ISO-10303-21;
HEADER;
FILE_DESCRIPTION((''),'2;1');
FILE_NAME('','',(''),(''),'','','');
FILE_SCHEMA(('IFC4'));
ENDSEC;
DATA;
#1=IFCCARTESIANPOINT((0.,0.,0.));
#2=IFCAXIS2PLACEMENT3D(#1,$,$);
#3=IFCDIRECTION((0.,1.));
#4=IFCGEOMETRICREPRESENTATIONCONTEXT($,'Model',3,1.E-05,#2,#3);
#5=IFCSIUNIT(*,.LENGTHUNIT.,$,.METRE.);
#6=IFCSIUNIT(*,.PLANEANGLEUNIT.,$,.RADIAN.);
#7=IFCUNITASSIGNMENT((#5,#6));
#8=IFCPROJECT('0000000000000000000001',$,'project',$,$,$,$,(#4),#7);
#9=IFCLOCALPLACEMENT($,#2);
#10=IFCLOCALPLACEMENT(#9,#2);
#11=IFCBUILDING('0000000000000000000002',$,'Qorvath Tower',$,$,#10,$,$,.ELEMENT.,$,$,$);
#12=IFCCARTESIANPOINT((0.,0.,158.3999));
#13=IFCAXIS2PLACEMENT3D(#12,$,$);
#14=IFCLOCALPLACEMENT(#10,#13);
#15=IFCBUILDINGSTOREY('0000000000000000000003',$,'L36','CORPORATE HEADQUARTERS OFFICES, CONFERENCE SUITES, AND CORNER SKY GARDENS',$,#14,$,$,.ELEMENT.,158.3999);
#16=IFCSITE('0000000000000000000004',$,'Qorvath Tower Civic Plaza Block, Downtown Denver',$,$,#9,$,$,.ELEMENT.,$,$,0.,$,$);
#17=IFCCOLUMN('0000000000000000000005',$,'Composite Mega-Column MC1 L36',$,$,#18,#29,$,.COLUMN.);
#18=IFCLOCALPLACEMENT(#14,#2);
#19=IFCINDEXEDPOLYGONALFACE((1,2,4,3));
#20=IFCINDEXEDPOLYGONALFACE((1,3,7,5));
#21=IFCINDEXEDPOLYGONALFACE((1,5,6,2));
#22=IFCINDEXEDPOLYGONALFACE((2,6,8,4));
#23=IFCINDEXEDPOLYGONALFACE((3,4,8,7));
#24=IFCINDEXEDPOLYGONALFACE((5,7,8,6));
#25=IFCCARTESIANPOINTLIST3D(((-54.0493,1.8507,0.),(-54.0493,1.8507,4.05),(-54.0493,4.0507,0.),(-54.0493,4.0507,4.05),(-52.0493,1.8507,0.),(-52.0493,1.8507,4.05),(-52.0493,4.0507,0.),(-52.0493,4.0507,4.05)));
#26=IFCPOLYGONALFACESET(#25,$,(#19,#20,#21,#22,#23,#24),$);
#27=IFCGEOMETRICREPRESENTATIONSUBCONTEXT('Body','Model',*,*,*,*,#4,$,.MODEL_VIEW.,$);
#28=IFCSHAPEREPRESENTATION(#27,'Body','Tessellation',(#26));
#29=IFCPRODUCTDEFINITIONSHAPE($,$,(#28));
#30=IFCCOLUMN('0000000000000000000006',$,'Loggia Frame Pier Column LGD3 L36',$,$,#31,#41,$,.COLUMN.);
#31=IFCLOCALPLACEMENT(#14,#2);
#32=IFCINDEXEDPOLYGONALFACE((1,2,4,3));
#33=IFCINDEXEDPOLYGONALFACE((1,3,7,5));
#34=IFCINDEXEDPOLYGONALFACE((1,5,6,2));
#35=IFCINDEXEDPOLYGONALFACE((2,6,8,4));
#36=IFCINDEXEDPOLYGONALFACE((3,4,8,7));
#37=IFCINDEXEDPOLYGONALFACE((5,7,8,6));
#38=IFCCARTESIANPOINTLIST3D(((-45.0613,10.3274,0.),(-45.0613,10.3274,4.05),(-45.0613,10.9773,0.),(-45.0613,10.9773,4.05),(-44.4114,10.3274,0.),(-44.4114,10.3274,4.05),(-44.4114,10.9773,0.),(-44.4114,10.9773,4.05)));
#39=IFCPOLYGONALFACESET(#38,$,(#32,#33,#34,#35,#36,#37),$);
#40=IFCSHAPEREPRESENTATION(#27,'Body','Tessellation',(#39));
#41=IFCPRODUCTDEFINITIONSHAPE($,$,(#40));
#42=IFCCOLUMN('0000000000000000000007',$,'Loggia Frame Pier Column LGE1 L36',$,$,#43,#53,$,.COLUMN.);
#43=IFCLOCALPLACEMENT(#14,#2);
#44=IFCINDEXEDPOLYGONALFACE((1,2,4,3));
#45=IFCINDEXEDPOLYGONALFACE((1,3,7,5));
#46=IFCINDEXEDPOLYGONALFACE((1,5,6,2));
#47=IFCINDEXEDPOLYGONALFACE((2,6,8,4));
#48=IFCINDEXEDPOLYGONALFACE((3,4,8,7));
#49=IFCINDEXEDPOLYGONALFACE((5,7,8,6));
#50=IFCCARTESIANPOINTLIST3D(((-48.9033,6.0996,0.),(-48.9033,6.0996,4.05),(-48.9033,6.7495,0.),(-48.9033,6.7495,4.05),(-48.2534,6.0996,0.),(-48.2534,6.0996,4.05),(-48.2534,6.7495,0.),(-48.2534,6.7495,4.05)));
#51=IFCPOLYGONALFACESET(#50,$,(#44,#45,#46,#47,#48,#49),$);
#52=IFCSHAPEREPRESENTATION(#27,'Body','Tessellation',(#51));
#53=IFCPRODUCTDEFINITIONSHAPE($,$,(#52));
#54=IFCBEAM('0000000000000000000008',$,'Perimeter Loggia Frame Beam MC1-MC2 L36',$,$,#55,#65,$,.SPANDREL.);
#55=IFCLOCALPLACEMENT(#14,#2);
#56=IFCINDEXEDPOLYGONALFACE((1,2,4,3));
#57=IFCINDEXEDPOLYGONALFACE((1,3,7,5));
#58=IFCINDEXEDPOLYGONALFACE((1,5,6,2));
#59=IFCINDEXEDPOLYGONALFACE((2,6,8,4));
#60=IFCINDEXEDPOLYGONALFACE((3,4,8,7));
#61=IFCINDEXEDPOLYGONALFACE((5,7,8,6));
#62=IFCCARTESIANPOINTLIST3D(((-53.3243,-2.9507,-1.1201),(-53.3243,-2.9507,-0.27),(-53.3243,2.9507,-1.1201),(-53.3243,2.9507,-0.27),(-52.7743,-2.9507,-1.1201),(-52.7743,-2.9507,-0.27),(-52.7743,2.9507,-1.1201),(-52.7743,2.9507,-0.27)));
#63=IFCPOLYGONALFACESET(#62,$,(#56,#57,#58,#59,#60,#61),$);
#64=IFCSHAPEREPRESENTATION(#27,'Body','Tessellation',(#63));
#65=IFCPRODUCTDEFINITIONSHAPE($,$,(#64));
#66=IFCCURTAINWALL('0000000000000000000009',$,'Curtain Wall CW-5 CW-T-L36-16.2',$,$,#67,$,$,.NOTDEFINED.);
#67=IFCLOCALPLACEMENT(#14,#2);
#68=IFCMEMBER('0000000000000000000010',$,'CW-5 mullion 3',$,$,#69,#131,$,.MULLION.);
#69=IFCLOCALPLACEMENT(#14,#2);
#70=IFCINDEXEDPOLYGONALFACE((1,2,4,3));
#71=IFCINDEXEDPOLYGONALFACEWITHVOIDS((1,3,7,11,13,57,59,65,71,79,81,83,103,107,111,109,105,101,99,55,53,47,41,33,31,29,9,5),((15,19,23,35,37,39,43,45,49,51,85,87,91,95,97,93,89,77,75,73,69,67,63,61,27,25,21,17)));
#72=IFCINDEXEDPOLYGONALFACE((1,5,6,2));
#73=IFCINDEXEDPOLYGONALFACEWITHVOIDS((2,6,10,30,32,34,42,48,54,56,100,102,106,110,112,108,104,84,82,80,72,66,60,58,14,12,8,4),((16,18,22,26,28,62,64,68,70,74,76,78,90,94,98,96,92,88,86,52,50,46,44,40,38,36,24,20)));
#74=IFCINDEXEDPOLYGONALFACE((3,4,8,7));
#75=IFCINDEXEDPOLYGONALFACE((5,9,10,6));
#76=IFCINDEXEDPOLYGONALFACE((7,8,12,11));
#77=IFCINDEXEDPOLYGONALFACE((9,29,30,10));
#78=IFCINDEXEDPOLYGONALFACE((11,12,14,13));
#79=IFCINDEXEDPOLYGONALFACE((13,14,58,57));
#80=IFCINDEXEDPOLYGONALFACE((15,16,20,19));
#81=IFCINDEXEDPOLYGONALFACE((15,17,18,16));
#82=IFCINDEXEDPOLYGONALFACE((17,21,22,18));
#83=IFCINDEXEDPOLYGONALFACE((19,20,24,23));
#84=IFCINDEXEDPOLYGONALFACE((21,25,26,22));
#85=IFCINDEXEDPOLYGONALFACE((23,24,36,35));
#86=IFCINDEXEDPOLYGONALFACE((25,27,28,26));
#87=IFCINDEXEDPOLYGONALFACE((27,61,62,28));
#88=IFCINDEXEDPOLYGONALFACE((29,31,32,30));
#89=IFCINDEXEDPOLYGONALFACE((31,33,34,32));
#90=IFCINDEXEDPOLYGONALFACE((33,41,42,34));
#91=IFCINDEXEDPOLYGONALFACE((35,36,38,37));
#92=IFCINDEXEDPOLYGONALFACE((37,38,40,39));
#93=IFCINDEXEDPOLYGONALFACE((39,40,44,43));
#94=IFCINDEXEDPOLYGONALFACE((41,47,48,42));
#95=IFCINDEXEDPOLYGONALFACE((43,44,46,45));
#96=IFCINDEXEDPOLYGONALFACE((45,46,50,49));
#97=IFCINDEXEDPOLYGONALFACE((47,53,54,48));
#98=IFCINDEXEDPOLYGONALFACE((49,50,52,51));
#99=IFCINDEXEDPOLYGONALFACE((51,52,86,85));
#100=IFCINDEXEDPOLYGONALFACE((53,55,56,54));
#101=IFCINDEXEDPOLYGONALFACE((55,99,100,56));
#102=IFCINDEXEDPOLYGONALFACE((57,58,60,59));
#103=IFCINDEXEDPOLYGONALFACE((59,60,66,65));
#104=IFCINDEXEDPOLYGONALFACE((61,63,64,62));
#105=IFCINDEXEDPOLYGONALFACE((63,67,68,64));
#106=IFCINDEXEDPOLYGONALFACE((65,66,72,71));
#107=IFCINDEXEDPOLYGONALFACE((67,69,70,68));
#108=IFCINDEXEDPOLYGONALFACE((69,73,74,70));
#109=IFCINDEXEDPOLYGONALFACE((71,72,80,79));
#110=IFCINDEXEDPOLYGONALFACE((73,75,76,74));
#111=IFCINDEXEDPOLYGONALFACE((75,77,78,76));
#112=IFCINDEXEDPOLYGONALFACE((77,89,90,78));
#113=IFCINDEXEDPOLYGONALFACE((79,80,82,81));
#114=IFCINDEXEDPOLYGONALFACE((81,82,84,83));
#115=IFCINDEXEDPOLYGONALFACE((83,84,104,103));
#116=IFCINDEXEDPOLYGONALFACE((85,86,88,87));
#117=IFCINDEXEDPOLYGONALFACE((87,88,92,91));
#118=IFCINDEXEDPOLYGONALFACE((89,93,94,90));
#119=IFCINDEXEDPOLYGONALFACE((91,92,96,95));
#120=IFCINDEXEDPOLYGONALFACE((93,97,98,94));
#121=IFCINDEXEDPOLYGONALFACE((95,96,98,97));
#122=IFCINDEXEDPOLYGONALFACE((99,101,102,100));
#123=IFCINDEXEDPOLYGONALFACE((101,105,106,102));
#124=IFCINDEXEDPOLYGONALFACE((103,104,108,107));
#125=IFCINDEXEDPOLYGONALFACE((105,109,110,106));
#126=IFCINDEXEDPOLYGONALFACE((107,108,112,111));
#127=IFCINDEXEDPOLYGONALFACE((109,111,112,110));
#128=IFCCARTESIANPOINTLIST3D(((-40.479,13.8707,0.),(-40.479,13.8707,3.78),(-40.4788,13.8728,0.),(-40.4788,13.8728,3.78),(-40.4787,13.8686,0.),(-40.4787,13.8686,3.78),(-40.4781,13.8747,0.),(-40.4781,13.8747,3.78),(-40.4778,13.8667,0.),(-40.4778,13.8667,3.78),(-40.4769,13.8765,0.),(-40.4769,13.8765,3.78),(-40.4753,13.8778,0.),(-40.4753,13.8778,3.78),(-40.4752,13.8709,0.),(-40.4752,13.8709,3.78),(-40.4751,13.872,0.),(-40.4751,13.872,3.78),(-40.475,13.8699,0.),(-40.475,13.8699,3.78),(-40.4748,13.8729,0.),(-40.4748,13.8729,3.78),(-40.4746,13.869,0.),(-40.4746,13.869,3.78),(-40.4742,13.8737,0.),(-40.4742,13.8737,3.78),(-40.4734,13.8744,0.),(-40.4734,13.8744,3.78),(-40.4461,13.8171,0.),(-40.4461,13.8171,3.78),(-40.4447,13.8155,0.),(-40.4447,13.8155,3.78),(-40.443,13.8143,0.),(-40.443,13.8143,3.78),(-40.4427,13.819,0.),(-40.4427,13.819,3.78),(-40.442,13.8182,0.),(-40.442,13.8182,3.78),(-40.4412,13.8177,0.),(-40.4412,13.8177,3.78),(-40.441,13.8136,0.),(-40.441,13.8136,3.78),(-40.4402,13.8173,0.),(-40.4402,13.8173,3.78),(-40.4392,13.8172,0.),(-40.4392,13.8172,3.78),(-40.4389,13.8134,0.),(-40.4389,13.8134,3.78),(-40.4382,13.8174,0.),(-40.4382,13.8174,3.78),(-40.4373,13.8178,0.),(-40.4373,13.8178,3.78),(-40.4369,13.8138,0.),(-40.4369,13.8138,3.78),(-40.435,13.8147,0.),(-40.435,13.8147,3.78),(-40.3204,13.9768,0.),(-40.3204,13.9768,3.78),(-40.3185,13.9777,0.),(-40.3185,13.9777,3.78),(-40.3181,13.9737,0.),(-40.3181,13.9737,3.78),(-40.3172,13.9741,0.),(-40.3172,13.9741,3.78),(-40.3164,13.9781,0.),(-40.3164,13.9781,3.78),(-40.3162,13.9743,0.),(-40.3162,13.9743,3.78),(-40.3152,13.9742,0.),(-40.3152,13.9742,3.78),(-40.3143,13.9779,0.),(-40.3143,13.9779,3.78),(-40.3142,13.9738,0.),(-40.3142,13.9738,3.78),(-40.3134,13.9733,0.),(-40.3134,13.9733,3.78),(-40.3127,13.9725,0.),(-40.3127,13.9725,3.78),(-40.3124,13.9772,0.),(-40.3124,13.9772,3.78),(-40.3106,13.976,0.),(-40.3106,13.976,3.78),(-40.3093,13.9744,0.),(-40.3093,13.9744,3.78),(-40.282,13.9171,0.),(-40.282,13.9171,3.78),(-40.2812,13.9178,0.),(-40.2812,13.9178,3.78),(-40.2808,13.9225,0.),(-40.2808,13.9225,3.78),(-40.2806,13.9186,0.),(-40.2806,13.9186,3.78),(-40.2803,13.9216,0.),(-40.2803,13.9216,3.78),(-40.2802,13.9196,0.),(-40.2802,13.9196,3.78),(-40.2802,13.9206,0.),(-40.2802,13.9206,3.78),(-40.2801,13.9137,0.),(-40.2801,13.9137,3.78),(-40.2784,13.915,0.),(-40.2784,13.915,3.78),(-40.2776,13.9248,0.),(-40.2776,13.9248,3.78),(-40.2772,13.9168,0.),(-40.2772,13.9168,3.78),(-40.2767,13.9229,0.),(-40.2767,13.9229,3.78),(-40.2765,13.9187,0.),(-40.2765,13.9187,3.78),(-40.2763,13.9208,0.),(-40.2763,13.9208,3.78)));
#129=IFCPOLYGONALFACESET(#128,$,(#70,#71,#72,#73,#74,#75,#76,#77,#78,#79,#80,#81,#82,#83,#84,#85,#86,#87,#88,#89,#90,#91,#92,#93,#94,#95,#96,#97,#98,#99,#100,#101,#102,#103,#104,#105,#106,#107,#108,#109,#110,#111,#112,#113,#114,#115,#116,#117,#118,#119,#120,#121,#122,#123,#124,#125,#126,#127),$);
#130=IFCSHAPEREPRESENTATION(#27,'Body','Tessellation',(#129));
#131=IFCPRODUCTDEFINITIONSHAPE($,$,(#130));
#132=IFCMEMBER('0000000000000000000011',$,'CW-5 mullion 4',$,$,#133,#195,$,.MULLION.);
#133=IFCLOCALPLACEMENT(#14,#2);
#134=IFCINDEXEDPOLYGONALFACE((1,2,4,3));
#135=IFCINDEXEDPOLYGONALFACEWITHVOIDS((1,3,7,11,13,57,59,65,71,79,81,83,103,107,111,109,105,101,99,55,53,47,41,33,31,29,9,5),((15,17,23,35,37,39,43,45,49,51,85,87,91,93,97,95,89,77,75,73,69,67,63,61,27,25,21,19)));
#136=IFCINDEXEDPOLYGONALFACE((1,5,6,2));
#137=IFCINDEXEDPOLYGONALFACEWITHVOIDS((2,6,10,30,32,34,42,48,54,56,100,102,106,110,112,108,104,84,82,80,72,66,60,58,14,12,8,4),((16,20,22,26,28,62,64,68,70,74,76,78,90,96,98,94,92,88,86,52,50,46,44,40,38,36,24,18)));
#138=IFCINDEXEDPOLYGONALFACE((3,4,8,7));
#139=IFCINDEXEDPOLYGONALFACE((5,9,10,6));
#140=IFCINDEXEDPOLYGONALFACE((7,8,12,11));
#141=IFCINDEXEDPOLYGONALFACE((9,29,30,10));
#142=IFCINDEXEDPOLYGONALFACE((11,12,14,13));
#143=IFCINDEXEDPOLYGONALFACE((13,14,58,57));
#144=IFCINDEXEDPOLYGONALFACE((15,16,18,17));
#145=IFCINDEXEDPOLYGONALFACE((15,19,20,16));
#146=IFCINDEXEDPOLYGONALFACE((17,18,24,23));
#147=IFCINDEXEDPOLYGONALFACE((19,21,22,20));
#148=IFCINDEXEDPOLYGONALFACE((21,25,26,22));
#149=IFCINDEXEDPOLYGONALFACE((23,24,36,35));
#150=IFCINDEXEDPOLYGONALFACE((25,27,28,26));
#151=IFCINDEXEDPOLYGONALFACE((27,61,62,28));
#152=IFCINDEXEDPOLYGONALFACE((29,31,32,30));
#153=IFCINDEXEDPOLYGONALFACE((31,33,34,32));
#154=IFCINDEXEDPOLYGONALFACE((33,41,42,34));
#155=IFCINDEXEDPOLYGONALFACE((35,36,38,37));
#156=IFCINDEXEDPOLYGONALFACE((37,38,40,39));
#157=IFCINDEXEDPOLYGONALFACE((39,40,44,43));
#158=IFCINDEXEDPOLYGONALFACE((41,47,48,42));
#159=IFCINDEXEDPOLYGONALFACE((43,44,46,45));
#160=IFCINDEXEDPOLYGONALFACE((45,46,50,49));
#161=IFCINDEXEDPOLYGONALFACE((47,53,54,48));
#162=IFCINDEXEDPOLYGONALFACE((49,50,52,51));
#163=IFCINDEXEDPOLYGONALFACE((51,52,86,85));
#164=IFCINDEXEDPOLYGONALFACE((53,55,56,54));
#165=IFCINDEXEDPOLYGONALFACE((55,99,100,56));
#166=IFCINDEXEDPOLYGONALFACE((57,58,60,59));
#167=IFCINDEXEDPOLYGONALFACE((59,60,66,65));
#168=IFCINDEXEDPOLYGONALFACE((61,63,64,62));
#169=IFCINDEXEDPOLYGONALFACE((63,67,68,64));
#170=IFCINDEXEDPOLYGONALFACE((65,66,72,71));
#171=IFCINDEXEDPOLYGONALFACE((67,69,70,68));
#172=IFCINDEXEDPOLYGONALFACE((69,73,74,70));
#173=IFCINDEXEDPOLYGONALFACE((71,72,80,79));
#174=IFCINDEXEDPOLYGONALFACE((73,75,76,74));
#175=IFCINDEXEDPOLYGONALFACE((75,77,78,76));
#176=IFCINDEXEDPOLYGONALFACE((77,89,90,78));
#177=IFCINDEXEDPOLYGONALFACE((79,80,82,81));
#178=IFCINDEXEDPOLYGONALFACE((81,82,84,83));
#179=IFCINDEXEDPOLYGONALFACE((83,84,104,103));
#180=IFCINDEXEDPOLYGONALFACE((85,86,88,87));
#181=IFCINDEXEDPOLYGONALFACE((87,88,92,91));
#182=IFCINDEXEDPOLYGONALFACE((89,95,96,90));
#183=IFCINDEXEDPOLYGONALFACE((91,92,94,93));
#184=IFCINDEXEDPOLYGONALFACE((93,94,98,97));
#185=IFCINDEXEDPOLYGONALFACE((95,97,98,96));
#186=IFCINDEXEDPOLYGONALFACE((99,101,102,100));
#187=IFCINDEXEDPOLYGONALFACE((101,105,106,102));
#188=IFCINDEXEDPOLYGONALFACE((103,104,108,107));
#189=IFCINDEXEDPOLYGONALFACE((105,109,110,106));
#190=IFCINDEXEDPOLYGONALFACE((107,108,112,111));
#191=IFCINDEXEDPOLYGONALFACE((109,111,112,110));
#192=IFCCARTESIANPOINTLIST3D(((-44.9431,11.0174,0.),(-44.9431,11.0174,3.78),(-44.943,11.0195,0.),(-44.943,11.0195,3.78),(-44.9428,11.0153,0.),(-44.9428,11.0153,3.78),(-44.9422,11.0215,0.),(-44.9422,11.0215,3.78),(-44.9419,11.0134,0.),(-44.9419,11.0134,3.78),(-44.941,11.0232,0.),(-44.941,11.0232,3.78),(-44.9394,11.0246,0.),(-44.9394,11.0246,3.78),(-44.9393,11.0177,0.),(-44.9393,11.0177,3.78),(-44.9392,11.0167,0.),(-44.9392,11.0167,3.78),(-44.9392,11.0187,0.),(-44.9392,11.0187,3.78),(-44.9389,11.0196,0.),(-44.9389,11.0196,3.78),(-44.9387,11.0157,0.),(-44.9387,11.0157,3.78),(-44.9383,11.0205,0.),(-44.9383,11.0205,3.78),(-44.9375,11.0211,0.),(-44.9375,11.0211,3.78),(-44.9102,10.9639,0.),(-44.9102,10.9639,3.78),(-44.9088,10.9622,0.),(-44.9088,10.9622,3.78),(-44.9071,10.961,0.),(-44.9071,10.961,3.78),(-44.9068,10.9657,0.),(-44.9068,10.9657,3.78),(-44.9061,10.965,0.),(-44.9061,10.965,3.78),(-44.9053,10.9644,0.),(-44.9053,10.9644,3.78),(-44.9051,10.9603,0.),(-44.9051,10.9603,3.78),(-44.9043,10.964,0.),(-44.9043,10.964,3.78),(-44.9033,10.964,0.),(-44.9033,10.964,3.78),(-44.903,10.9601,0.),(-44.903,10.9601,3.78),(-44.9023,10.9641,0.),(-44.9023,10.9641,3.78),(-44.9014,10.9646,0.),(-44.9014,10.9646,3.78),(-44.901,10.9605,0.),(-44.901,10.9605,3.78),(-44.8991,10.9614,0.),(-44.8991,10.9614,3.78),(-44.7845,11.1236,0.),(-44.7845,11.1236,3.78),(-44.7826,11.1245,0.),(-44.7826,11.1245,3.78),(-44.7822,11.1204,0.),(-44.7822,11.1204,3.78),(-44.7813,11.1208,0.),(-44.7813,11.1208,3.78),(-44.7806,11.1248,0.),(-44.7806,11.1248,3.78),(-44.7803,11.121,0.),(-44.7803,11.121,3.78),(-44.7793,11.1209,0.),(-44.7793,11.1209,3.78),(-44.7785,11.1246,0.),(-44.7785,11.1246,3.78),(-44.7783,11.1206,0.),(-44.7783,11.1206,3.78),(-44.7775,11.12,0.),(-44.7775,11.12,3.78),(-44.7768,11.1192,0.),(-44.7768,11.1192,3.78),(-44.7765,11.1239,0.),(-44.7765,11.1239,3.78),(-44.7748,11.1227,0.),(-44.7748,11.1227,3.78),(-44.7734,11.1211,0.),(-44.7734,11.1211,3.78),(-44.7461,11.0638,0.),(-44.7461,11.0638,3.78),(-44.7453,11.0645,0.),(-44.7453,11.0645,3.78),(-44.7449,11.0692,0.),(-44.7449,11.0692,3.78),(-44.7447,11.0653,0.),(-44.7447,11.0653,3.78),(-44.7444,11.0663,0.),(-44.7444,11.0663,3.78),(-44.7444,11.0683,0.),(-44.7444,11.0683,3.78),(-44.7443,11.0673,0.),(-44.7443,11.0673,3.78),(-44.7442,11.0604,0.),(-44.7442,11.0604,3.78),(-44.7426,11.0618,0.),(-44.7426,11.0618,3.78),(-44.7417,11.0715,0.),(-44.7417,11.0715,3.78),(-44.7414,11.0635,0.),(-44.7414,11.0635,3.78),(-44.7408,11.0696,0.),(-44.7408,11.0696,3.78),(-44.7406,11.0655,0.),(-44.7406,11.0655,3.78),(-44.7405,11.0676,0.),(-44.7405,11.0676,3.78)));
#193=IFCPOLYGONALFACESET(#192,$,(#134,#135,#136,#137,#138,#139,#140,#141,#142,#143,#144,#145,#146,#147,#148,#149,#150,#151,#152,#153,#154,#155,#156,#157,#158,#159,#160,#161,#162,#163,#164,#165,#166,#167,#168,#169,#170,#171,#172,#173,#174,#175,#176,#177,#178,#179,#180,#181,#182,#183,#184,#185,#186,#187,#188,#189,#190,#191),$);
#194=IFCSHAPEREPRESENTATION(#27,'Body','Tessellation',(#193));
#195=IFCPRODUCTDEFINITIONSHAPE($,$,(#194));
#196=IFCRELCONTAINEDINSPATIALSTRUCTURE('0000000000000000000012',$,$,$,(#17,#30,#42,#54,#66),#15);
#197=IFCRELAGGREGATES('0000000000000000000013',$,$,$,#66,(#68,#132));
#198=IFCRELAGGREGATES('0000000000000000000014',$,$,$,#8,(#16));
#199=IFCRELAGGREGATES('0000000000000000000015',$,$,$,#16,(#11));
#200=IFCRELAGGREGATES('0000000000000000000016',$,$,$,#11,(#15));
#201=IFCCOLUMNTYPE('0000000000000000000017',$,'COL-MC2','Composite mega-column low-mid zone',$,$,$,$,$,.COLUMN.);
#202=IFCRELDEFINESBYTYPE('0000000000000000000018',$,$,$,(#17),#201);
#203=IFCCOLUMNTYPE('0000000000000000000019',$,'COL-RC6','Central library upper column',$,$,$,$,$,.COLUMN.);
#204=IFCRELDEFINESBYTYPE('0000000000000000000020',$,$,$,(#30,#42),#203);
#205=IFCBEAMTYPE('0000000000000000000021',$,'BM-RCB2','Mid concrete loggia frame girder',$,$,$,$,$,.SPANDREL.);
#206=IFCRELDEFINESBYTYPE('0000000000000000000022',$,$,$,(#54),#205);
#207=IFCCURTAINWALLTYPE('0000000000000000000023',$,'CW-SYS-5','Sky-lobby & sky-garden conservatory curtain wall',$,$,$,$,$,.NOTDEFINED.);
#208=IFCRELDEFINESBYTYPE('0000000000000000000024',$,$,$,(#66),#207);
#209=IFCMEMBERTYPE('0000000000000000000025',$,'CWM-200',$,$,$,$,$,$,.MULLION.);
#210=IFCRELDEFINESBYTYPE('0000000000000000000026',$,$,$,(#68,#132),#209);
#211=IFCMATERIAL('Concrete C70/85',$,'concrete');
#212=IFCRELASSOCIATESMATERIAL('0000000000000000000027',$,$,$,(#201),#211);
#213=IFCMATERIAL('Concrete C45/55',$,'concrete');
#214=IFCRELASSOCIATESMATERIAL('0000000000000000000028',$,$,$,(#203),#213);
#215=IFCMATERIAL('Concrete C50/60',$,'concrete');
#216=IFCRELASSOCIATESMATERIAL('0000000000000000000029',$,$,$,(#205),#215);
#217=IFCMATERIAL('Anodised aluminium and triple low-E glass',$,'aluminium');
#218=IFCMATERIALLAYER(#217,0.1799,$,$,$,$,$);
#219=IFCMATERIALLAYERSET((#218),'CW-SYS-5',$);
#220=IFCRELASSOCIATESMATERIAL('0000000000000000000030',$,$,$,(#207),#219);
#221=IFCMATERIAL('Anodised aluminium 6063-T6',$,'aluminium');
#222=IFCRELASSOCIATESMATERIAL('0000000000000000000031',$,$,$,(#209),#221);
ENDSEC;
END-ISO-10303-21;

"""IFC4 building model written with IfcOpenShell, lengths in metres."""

from ifc_helpers import new_model, si_unit, direction, frame, origin, origin_2d, place, context, subcontext, project, spatial, rectangle, hollow_rectangle, extrude, material, layer, layer_set, material_profile, profile_set, type_object, element, aggregate, save


model = new_model("IFC4")

# Units and contexts
model_context = context("Model", 3, precision=1e-05, world=origin(), true_north=direction((0.0, 1.0)))
body_context = subcontext(model_context, "Body", "Model", "MODEL_VIEW")
ifc_project = project(units=[si_unit("LENGTHUNIT", "METRE"), si_unit("PLANEANGLEUNIT", "RADIAN")], contexts=[model_context])

# Site, building, storey
site_placement = place(None, origin())
site = spatial("IfcSite", under=ifc_project, at=site_placement, Name="Qorvath Tower Civic Plaza Block, Downtown Denver", CompositionType="ELEMENT", RefElevation=0.0)
building_placement = place(site_placement, origin())
building = spatial("IfcBuilding", under=site, at=building_placement, Name="Qorvath Tower", CompositionType="ELEMENT")
storey_placement = place(building_placement, frame((0.0, 0.0, 158.3999)))
storey = spatial("IfcBuildingStorey", under=building, at=storey_placement, Name="L36", Description="CORPORATE HEADQUARTERS OFFICES, CONFERENCE SUITES, AND CORNER SKY GARDENS", CompositionType="ELEMENT", Elevation=158.3999)

# Columns
ifc_material_1 = material(Name="Concrete C70/85", Category="concrete")
ifc_material_profile_1 = material_profile(ifc_material_1, rectangle(XDim=2.0, YDim=2.2, at=origin_2d()), Name="MC 2200x2000")
ifc_profile_set_1 = profile_set([ifc_material_profile_1], Name="Concrete C70/85")
column_type_1 = type_object("IfcColumnType", Name="COL-MC2", Description="Composite mega-column low-mid zone", PredefinedType="COLUMN", material=ifc_profile_set_1)
column_placement = place(storey_placement, frame((-53.0493, 2.9507, 0.0), z_axis=(0.0, 0.0, 1.0), x_axis=(1.0, 0.0, 0.0)))
element("IfcColumn", 1, at=column_placement, inside=storey, type_object=column_type_1, Name="Composite Mega-Column MC1 L36", PredefinedType="COLUMN", context=body_context, shape_type="SweptSolid", body=[
    extrude(rectangle(XDim=2.0, YDim=2.2, at=origin_2d()), origin(), (0.0, 0.0, 1.0), 4.05),
])
ifc_material_2 = material(Name="Concrete C45/55", Category="concrete")
ifc_material_profile_2 = material_profile(ifc_material_2, rectangle(XDim=0.6499, YDim=0.6499, at=origin_2d()), Name="RC 650x650")
ifc_profile_set_2 = profile_set([ifc_material_profile_2], Name="Concrete C45/55")
column_type_2 = type_object("IfcColumnType", Name="COL-RC6", Description="Central library upper column", PredefinedType="COLUMN", material=ifc_profile_set_2)
for number, where, z_axis, x_axis, name in (
    (2, (-44.7363, 10.6523, 0.0), (0.0, 0.0, 1.0), (1.0, 0.0, 0.0), "Loggia Frame Pier Column LGD3 L36"),
    (3, (-48.5784, 6.4246, 0.0), (0.0, 0.0, 1.0), (1.0, 0.0, 0.0), "Loggia Frame Pier Column LGE1 L36"),
):
    element("IfcColumn", number, at=place(storey_placement, frame(where, z_axis=z_axis, x_axis=x_axis)), inside=storey, type_object=column_type_2, Name=name, PredefinedType="COLUMN", context=body_context, shape_type="SweptSolid", body=[
        extrude(rectangle(XDim=0.6499, YDim=0.6499, at=origin_2d()), origin(), (0.0, 0.0, 1.0), 4.05),
    ])

# Beam
ifc_material_3 = material(Name="Concrete C50/60", Category="concrete")
ifc_material_profile_3 = material_profile(ifc_material_3, rectangle(XDim=0.55, YDim=0.8501, at=origin_2d()), Name="RCB 850x550")
ifc_profile_set_3 = profile_set([ifc_material_profile_3], Name="Concrete C50/60")
beam_type = type_object("IfcBeamType", Name="BM-RCB2", Description="Mid concrete loggia frame girder", PredefinedType="SPANDREL", material=ifc_profile_set_3)
beam_placement = place(storey_placement, frame((-53.0493, 2.9507, -0.6951), z_axis=(0.0, -1.0, 0.0), x_axis=(1.0, 0.0, 0.0)))
element("IfcBeam", 4, at=beam_placement, inside=storey, type_object=beam_type, Name="Perimeter Loggia Frame Beam MC1-MC2 L36", PredefinedType="SPANDREL", context=body_context, shape_type="SweptSolid", body=[
    extrude(rectangle(XDim=0.55, YDim=0.8501, at=origin_2d()), origin(), (0.0, 0.0, 1.0), 5.9014),
])

# Curtain wall, members
ifc_material_4 = material(Name="Anodised aluminium and triple low-E glass", Category="aluminium")
ifc_layer_1 = layer(ifc_material_4, 0.1799)
ifc_layer_set_1 = layer_set([ifc_layer_1], Name="CW-SYS-5")
curtain_wall_type = type_object("IfcCurtainWallType", Name="CW-SYS-5", Description="Sky-lobby & sky-garden conservatory curtain wall", PredefinedType="NOTDEFINED", material=ifc_layer_set_1)
curtain_wall_1_placement = place(storey_placement, origin())
curtain_wall_1 = element("IfcCurtainWall", 5, at=curtain_wall_1_placement, inside=storey, type_object=curtain_wall_type, Name="Curtain Wall CW-5 CW-T-L36-16.2", PredefinedType="NOTDEFINED")
ifc_material_5 = material(Name="Anodised aluminium 6063-T6", Category="aluminium")
ifc_material_profile_4 = material_profile(ifc_material_5, hollow_rectangle(XDim=0.075, YDim=0.2, WallThickness=0.0039, InnerFilletRadius=0.0039, OuterFilletRadius=0.0081, at=origin_2d()), Name="CWM 200x75")
ifc_profile_set_4 = profile_set([ifc_material_profile_4], Name="Anodised aluminium 6063-T6")
member_type_1 = type_object("IfcMemberType", Name="CWM-200", PredefinedType="MULLION", material=ifc_profile_set_4)
member_1_placement = place(storey_placement, frame((-40.3777, 13.8958, 0.0), z_axis=(0.0, 0.0, 1.0), x_axis=(0.538539, -0.8426, 0.0)))
member_1 = element("IfcMember", 6, at=member_1_placement, type_object=member_type_1, Name="CW-5 mullion 3", PredefinedType="MULLION", context=body_context, shape_type="SweptSolid", body=[
    extrude(hollow_rectangle(XDim=0.075, YDim=0.2, WallThickness=0.0039, InnerFilletRadius=0.0039, OuterFilletRadius=0.0081, at=origin_2d()), origin(), (0.0, 0.0, 1.0), 3.78),
])
member_2_placement = place(storey_placement, frame((-44.8418, 11.0425, 0.0), z_axis=(0.0, 0.0, 1.0), x_axis=(0.538539, -0.8426, 0.0)))
member_2 = element("IfcMember", 7, at=member_2_placement, type_object=member_type_1, Name="CW-5 mullion 4", PredefinedType="MULLION", context=body_context, shape_type="SweptSolid", body=[
    extrude(hollow_rectangle(XDim=0.075, YDim=0.2, WallThickness=0.0039, InnerFilletRadius=0.0039, OuterFilletRadius=0.0081, at=origin_2d()), origin(), (0.0, 0.0, 1.0), 3.78),
])

aggregate(curtain_wall_1, [member_1, member_2])

save(model, "model.ifc")
